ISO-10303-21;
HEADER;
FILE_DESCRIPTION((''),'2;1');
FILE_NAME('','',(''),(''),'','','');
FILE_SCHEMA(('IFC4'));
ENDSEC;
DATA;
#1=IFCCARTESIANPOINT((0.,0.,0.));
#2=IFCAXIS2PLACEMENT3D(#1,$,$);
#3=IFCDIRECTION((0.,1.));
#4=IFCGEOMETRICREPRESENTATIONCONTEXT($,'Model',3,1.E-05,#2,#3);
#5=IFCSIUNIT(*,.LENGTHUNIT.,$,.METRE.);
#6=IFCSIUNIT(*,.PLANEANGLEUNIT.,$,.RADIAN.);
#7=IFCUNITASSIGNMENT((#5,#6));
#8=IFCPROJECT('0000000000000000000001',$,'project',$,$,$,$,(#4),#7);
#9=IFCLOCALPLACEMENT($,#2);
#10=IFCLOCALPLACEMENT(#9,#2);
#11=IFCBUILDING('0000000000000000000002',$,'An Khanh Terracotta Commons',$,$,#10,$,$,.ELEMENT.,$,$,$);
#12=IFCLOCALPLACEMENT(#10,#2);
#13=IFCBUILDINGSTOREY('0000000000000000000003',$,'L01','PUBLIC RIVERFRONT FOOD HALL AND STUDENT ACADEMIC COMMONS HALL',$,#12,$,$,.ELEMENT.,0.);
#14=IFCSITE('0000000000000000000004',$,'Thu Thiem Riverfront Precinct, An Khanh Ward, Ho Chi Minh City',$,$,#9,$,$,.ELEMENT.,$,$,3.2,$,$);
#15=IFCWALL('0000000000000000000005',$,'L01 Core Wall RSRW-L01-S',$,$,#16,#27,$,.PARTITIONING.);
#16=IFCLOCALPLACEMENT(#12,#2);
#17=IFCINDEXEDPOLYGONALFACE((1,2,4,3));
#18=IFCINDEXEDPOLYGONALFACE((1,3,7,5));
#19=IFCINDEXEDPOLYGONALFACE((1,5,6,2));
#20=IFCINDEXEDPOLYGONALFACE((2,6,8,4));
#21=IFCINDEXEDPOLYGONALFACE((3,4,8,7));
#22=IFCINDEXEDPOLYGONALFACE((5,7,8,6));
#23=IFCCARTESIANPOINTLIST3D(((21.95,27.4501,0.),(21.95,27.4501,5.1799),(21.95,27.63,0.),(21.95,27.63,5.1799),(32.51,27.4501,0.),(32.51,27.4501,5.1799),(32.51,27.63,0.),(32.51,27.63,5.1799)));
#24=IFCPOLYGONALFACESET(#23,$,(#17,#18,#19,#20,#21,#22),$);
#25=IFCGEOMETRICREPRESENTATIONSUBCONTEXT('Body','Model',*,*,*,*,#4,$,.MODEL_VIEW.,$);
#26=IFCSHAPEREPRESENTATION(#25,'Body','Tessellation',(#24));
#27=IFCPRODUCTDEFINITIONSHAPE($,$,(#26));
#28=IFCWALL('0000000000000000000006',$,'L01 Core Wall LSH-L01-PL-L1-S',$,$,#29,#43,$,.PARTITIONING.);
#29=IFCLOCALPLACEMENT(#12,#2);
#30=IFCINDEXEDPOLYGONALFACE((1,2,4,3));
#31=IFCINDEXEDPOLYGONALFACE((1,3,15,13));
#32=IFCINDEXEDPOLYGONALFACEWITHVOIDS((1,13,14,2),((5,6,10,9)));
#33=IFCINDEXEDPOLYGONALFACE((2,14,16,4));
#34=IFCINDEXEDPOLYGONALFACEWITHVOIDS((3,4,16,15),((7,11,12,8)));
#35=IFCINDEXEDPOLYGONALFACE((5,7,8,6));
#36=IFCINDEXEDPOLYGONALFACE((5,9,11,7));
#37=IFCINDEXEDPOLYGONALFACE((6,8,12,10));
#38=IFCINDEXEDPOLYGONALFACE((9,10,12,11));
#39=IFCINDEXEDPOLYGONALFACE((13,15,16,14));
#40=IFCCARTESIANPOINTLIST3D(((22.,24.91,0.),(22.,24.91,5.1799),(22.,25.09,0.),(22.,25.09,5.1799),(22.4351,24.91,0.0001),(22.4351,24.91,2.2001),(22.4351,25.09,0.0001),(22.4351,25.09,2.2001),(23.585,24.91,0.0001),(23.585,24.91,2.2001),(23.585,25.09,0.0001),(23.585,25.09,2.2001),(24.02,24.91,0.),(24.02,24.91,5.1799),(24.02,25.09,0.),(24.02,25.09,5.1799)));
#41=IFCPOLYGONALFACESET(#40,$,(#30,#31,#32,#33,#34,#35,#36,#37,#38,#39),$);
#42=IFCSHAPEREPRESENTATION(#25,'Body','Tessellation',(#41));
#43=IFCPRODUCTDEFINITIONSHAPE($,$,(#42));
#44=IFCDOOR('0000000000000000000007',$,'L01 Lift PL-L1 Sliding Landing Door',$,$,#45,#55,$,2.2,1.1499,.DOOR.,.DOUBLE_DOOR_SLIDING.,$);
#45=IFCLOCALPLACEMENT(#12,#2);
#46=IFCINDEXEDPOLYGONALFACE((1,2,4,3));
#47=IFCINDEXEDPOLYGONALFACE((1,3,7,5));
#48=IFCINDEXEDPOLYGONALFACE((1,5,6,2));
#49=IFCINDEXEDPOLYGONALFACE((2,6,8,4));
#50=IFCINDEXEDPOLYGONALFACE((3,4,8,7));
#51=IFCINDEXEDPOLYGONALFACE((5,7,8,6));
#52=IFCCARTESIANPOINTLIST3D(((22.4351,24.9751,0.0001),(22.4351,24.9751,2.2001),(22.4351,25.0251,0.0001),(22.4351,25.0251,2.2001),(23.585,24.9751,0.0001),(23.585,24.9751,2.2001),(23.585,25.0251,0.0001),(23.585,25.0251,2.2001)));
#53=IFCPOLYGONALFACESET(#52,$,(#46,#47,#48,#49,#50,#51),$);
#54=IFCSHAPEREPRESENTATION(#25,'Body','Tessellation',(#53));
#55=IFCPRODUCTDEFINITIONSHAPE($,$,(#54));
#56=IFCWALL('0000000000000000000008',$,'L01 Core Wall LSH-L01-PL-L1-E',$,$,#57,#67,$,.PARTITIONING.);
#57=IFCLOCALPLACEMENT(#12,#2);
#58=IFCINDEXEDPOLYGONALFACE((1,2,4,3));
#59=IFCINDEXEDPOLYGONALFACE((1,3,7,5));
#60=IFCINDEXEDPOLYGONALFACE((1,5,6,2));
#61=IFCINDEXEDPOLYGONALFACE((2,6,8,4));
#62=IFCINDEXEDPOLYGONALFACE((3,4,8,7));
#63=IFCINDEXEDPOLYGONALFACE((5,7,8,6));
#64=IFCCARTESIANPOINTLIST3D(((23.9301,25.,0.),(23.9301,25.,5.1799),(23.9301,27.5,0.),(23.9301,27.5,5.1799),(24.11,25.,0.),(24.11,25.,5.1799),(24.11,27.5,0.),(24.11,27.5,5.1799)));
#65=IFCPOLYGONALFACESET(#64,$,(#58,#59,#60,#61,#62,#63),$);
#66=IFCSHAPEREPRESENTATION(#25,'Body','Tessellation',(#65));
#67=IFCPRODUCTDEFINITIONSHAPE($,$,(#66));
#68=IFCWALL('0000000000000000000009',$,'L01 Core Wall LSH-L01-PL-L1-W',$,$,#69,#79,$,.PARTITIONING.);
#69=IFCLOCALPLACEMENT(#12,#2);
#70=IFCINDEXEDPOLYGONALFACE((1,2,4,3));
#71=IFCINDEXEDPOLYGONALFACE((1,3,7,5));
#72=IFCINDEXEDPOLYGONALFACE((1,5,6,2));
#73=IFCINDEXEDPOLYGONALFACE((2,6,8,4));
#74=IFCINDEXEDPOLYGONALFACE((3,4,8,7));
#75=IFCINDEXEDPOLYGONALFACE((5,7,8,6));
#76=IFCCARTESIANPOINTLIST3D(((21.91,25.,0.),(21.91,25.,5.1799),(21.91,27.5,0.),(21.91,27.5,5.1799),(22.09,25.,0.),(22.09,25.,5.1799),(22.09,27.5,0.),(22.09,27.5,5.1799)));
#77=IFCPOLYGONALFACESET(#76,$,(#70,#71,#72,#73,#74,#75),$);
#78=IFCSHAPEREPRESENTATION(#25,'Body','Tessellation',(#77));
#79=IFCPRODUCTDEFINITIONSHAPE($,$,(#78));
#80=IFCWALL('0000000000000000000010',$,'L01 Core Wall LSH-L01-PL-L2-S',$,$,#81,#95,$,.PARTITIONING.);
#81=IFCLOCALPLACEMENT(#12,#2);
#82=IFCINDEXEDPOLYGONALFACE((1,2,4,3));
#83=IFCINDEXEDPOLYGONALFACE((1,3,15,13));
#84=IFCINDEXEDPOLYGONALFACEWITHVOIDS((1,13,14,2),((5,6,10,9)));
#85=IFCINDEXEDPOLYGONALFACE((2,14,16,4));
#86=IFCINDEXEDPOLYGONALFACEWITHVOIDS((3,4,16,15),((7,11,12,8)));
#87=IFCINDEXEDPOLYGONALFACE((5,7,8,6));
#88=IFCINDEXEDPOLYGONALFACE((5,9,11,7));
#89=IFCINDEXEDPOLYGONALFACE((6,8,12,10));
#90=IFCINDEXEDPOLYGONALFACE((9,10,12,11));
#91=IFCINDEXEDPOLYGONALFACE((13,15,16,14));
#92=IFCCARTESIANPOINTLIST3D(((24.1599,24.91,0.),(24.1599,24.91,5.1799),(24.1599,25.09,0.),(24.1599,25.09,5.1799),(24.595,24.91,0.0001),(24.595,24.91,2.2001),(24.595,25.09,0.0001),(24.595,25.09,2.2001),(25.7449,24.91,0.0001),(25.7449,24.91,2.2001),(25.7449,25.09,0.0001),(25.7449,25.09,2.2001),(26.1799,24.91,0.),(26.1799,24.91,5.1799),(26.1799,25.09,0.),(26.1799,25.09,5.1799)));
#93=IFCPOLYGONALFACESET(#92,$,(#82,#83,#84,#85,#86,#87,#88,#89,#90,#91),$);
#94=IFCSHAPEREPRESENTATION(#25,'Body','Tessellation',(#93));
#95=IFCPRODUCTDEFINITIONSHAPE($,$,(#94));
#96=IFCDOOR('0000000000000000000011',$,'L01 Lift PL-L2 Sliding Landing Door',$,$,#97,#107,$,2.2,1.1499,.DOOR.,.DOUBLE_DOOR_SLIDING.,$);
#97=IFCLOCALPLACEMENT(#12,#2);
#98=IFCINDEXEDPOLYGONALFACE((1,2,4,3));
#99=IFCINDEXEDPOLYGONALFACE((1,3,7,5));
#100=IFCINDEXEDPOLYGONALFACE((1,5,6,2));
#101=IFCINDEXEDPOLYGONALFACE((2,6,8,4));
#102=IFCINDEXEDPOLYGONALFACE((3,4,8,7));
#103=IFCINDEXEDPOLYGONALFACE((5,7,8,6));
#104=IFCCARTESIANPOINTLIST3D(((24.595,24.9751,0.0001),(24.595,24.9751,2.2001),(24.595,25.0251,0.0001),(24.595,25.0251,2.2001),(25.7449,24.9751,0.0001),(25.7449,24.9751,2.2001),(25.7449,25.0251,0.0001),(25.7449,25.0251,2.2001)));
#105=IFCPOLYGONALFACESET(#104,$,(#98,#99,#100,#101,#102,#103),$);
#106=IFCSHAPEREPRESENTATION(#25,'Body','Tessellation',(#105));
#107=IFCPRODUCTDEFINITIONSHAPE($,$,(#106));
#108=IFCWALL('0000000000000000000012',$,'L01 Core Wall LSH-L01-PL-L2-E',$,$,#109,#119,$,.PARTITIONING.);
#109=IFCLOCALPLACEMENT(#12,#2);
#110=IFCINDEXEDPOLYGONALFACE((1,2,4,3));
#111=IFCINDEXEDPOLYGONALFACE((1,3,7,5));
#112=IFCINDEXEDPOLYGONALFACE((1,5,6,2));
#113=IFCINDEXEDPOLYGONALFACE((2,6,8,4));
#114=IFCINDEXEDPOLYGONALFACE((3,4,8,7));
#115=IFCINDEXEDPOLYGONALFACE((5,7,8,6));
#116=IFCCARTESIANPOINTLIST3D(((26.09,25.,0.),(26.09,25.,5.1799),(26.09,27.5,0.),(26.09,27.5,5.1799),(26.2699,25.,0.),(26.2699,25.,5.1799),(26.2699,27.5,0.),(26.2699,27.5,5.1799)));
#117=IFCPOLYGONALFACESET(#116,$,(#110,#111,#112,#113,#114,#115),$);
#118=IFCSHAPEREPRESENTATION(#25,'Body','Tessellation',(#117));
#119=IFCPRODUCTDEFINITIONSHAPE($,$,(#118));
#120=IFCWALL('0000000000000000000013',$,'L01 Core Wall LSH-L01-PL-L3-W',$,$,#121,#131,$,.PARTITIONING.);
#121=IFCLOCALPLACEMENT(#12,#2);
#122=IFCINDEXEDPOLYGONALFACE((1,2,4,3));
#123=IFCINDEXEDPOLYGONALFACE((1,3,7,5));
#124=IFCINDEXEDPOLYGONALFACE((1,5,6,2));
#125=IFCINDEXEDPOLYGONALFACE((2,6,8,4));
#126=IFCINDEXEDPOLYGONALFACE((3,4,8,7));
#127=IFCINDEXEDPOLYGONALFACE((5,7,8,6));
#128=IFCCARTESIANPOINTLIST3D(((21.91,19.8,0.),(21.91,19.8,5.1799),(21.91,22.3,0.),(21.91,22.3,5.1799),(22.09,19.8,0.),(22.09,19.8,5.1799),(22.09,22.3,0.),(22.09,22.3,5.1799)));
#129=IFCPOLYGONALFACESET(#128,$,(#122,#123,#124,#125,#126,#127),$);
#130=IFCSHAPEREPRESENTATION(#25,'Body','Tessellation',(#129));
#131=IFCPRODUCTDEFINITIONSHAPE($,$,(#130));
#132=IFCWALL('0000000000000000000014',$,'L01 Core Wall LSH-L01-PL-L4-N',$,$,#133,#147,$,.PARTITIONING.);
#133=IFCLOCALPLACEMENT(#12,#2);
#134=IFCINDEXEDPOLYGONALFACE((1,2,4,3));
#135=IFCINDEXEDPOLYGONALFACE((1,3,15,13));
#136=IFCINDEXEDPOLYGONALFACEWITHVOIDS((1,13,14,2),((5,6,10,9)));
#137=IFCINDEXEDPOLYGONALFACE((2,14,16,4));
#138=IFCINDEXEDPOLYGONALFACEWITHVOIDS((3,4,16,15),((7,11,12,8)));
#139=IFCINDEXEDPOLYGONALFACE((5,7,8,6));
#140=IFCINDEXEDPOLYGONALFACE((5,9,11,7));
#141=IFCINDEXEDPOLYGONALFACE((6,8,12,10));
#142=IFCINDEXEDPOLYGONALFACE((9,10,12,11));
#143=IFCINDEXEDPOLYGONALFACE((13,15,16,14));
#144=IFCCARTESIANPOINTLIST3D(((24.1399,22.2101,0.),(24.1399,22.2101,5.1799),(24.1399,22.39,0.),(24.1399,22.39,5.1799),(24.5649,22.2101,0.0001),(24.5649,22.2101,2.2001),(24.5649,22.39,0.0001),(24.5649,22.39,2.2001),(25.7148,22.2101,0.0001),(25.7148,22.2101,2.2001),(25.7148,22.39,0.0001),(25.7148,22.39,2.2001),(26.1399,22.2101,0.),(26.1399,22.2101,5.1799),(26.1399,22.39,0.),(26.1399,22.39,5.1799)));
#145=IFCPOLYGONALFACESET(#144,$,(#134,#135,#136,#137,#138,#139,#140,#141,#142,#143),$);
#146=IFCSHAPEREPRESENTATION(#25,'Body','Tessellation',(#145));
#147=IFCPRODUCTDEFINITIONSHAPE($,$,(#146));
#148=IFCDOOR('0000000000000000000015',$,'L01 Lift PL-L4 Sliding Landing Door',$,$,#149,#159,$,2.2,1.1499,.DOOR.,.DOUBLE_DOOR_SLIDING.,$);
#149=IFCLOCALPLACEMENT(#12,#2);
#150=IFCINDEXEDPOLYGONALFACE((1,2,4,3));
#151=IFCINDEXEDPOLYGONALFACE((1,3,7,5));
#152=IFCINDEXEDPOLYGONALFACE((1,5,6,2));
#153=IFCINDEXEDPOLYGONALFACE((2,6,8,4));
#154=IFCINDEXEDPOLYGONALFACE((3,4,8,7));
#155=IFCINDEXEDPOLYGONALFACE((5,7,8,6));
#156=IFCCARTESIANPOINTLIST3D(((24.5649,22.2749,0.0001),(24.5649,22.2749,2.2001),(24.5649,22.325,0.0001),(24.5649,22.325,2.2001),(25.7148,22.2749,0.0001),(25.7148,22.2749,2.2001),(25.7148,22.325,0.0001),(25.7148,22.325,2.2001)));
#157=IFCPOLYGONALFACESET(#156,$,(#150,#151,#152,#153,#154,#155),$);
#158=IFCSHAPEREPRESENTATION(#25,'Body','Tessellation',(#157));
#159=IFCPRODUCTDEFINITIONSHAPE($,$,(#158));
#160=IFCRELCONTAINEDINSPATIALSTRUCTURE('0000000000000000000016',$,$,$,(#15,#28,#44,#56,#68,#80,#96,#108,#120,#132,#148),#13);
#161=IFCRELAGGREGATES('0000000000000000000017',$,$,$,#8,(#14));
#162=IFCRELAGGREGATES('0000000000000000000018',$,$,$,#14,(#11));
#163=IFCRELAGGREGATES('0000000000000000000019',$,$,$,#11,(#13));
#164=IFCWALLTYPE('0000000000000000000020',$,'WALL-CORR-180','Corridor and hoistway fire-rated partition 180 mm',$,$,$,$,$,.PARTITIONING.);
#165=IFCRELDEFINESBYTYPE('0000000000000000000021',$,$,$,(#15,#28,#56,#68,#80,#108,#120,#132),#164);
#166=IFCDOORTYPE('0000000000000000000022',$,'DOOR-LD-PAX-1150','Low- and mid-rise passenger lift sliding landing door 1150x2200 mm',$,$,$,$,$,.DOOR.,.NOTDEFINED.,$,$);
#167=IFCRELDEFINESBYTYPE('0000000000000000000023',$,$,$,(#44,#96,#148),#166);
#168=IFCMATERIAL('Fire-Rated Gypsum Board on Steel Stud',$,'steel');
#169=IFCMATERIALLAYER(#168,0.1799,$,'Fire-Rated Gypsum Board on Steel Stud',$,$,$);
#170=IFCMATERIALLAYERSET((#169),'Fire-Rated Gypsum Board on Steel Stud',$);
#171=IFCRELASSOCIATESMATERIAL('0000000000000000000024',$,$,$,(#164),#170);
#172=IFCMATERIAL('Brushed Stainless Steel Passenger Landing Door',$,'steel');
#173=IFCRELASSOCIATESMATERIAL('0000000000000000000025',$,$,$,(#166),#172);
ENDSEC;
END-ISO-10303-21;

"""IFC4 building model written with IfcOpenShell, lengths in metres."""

from ifc_helpers import new_model, si_unit, direction, frame, frame_2d, origin, place, context, subcontext, project, spatial, rectangle, extrude, material, layer, layer_set, type_object, element, fill, save


model = new_model("IFC4")

# Units and contexts
model_context = context("Model", 3, precision=1e-05, world=origin(), true_north=direction((0.0, 1.0)))
body_context = subcontext(model_context, "Body", "Model", "MODEL_VIEW")
ifc_project = project(units=[si_unit("LENGTHUNIT", "METRE"), si_unit("PLANEANGLEUNIT", "RADIAN")], contexts=[model_context])

# Site, building, storey
site_placement = place(None, origin())
site = spatial("IfcSite", under=ifc_project, at=site_placement, Name="Thu Thiem Riverfront Precinct, An Khanh Ward, Ho Chi Minh City", CompositionType="ELEMENT", RefElevation=3.2)
building_placement = place(site_placement, origin())
building = spatial("IfcBuilding", under=site, at=building_placement, Name="An Khanh Terracotta Commons", CompositionType="ELEMENT")
storey_placement = place(building_placement, origin())
storey = spatial("IfcBuildingStorey", under=building, at=storey_placement, Name="L01", Description="PUBLIC RIVERFRONT FOOD HALL AND STUDENT ACADEMIC COMMONS HALL", CompositionType="ELEMENT", Elevation=0.0)

# Wall
ifc_material_1 = material(Name="Fire-Rated Gypsum Board on Steel Stud", Category="steel")
ifc_layer_1 = layer(ifc_material_1, 0.1799, Name="Fire-Rated Gypsum Board on Steel Stud")
ifc_layer_set_1 = layer_set([ifc_layer_1], Name="Fire-Rated Gypsum Board on Steel Stud")
wall_type_1 = type_object("IfcWallType", Name="WALL-CORR-180", Description="Corridor and hoistway fire-rated partition 180 mm", PredefinedType="PARTITIONING", material=ifc_layer_set_1)
wall_1_placement = place(storey_placement, frame((21.95, 27.54, 0.0), z_axis=(0.0, 0.0, 1.0), x_axis=(1.0, 0.0, 0.0)))
element("IfcWall", 1, at=wall_1_placement, inside=storey, type_object=wall_type_1, Name="L01 Core Wall RSRW-L01-S", PredefinedType="PARTITIONING", context=body_context, shape_type="SweptSolid", body=[
    extrude(rectangle(XDim=10.5601, YDim=0.1799, at=frame_2d((5.28, 0.0))), origin(), (0.0, 0.0, 1.0), 5.1799),
])

# Wall, opening, door
wall_2_placement = place(storey_placement, frame((24.02, 25.0, 0.0), z_axis=(0.0, 0.0, 1.0), x_axis=(-1.0, 0.0, 0.0)))
wall_2 = element("IfcWall", 2, at=wall_2_placement, inside=storey, type_object=wall_type_1, Name="L01 Core Wall LSH-L01-PL-L1-S", PredefinedType="PARTITIONING", context=body_context, shape_type="SweptSolid", body=[
    extrude(rectangle(XDim=2.02, YDim=0.1799, at=frame_2d((1.01, 0.0))), origin(), (0.0, 0.0, 1.0), 5.1799),
])
opening_1_placement = place(wall_2_placement, frame((0.4351, 0.0, 0.0)))
opening_1 = element("IfcOpeningElement", 3, at=opening_1_placement, cuts=wall_2, PredefinedType="OPENING", context=body_context, shape_type="SweptSolid", body=[
    extrude(rectangle(XDim=1.1499, YDim=2.2, at=frame_2d((0.575, 1.1001))), frame((0.0, 0.0999, 0.0), z_axis=(0.0, -1.0, 0.0), x_axis=(1.0, 0.0, 0.0)), (0.0, 0.0, 1.0), 0.2),
])
ifc_material_2 = material(Name="Brushed Stainless Steel Passenger Landing Door", Category="steel")
door_type = type_object("IfcDoorType", Name="DOOR-LD-PAX-1150", Description="Low- and mid-rise passenger lift sliding landing door 1150x2200 mm", OperationType="NOTDEFINED", PredefinedType="DOOR", material=ifc_material_2)
door_1_placement = place(opening_1_placement, origin())
door_1 = element("IfcDoor", 4, at=door_1_placement, inside=storey, type_object=door_type, Name="L01 Lift PL-L1 Sliding Landing Door", OperationType="DOUBLE_DOOR_SLIDING", OverallHeight=2.2, OverallWidth=1.1499, PredefinedType="DOOR", context=body_context, shape_type="SweptSolid", body=[
    extrude(rectangle(XDim=1.1499, YDim=2.2, at=frame_2d((0.575, 1.1001))), frame((0.0, 0.0249, 0.0), z_axis=(0.0, -1.0, 0.0), x_axis=(1.0, 0.0, 0.0)), (0.0, 0.0, 1.0), 0.05),
])
fill(opening_1, door_1)

# Walls
for number, where, z_axis, x_axis, name in (
    (5, (24.02, 25.0, 0.0), (0.0, 0.0, 1.0), (0.0, 1.0, 0.0), "L01 Core Wall LSH-L01-PL-L1-E"),
    (6, (22.0, 27.5, 0.0), (0.0, 0.0, 1.0), (0.0, -1.0, 0.0), "L01 Core Wall LSH-L01-PL-L1-W"),
):
    element("IfcWall", number, at=place(storey_placement, frame(where, z_axis=z_axis, x_axis=x_axis)), inside=storey, type_object=wall_type_1, Name=name, PredefinedType="PARTITIONING", context=body_context, shape_type="SweptSolid", body=[
        extrude(rectangle(XDim=2.5, YDim=0.1799, at=frame_2d((1.25, 0.0))), origin(), (0.0, 0.0, 1.0), 5.1799),
    ])

# Wall, opening, door
wall_3_placement = place(storey_placement, frame((26.1799, 25.0, 0.0), z_axis=(0.0, 0.0, 1.0), x_axis=(-1.0, 0.0, 0.0)))
wall_3 = element("IfcWall", 7, at=wall_3_placement, inside=storey, type_object=wall_type_1, Name="L01 Core Wall LSH-L01-PL-L2-S", PredefinedType="PARTITIONING", context=body_context, shape_type="SweptSolid", body=[
    extrude(rectangle(XDim=2.02, YDim=0.1799, at=frame_2d((1.01, 0.0))), origin(), (0.0, 0.0, 1.0), 5.1799),
])
opening_2_placement = place(wall_3_placement, frame((0.4351, 0.0, 0.0)))
opening_2 = element("IfcOpeningElement", 8, at=opening_2_placement, cuts=wall_3, PredefinedType="OPENING", context=body_context, shape_type="SweptSolid", body=[
    extrude(rectangle(XDim=1.1499, YDim=2.2, at=frame_2d((0.575, 1.1001))), frame((0.0, 0.0999, 0.0), z_axis=(0.0, -1.0, 0.0), x_axis=(1.0, 0.0, 0.0)), (0.0, 0.0, 1.0), 0.2),
])
door_2_placement = place(opening_2_placement, origin())
door_2 = element("IfcDoor", 9, at=door_2_placement, inside=storey, type_object=door_type, Name="L01 Lift PL-L2 Sliding Landing Door", OperationType="DOUBLE_DOOR_SLIDING", OverallHeight=2.2, OverallWidth=1.1499, PredefinedType="DOOR", context=body_context, shape_type="SweptSolid", body=[
    extrude(rectangle(XDim=1.1499, YDim=2.2, at=frame_2d((0.575, 1.1001))), frame((0.0, 0.0249, 0.0), z_axis=(0.0, -1.0, 0.0), x_axis=(1.0, 0.0, 0.0)), (0.0, 0.0, 1.0), 0.05),
])
fill(opening_2, door_2)

# Walls
for number, where, z_axis, x_axis, name in (
    (10, (26.1799, 25.0, 0.0), (0.0, 0.0, 1.0), (0.0, 1.0, 0.0), "L01 Core Wall LSH-L01-PL-L2-E"),
    (11, (22.0, 22.3, 0.0), (0.0, 0.0, 1.0), (0.0, -1.0, 0.0), "L01 Core Wall LSH-L01-PL-L3-W"),
):
    element("IfcWall", number, at=place(storey_placement, frame(where, z_axis=z_axis, x_axis=x_axis)), inside=storey, type_object=wall_type_1, Name=name, PredefinedType="PARTITIONING", context=body_context, shape_type="SweptSolid", body=[
        extrude(rectangle(XDim=2.5, YDim=0.1799, at=frame_2d((1.25, 0.0))), origin(), (0.0, 0.0, 1.0), 5.1799),
    ])

# Wall, opening, door
wall_4_placement = place(storey_placement, frame((24.1399, 22.3, 0.0), z_axis=(0.0, 0.0, 1.0), x_axis=(1.0, 0.0, 0.0)))
wall_4 = element("IfcWall", 12, at=wall_4_placement, inside=storey, type_object=wall_type_1, Name="L01 Core Wall LSH-L01-PL-L4-N", PredefinedType="PARTITIONING", context=body_context, shape_type="SweptSolid", body=[
    extrude(rectangle(XDim=2.0, YDim=0.1799, at=frame_2d((1.0, 0.0))), origin(), (0.0, 0.0, 1.0), 5.1799),
])
opening_3_placement = place(wall_4_placement, frame((0.425, 0.0, 0.0)))
opening_3 = element("IfcOpeningElement", 13, at=opening_3_placement, cuts=wall_4, PredefinedType="OPENING", context=body_context, shape_type="SweptSolid", body=[
    extrude(rectangle(XDim=1.1499, YDim=2.2, at=frame_2d((0.575, 1.1001))), frame((0.0, 0.0999, 0.0), z_axis=(0.0, -1.0, 0.0), x_axis=(1.0, 0.0, 0.0)), (0.0, 0.0, 1.0), 0.2),
])
door_3_placement = place(opening_3_placement, origin())
door_3 = element("IfcDoor", 14, at=door_3_placement, inside=storey, type_object=door_type, Name="L01 Lift PL-L4 Sliding Landing Door", OperationType="DOUBLE_DOOR_SLIDING", OverallHeight=2.2, OverallWidth=1.1499, PredefinedType="DOOR", context=body_context, shape_type="SweptSolid", body=[
    extrude(rectangle(XDim=1.1499, YDim=2.2, at=frame_2d((0.575, 1.1001))), frame((0.0, 0.0249, 0.0), z_axis=(0.0, -1.0, 0.0), x_axis=(1.0, 0.0, 0.0)), (0.0, 0.0, 1.0), 0.05),
])
fill(opening_3, door_3)

save(model, "model.ifc")
